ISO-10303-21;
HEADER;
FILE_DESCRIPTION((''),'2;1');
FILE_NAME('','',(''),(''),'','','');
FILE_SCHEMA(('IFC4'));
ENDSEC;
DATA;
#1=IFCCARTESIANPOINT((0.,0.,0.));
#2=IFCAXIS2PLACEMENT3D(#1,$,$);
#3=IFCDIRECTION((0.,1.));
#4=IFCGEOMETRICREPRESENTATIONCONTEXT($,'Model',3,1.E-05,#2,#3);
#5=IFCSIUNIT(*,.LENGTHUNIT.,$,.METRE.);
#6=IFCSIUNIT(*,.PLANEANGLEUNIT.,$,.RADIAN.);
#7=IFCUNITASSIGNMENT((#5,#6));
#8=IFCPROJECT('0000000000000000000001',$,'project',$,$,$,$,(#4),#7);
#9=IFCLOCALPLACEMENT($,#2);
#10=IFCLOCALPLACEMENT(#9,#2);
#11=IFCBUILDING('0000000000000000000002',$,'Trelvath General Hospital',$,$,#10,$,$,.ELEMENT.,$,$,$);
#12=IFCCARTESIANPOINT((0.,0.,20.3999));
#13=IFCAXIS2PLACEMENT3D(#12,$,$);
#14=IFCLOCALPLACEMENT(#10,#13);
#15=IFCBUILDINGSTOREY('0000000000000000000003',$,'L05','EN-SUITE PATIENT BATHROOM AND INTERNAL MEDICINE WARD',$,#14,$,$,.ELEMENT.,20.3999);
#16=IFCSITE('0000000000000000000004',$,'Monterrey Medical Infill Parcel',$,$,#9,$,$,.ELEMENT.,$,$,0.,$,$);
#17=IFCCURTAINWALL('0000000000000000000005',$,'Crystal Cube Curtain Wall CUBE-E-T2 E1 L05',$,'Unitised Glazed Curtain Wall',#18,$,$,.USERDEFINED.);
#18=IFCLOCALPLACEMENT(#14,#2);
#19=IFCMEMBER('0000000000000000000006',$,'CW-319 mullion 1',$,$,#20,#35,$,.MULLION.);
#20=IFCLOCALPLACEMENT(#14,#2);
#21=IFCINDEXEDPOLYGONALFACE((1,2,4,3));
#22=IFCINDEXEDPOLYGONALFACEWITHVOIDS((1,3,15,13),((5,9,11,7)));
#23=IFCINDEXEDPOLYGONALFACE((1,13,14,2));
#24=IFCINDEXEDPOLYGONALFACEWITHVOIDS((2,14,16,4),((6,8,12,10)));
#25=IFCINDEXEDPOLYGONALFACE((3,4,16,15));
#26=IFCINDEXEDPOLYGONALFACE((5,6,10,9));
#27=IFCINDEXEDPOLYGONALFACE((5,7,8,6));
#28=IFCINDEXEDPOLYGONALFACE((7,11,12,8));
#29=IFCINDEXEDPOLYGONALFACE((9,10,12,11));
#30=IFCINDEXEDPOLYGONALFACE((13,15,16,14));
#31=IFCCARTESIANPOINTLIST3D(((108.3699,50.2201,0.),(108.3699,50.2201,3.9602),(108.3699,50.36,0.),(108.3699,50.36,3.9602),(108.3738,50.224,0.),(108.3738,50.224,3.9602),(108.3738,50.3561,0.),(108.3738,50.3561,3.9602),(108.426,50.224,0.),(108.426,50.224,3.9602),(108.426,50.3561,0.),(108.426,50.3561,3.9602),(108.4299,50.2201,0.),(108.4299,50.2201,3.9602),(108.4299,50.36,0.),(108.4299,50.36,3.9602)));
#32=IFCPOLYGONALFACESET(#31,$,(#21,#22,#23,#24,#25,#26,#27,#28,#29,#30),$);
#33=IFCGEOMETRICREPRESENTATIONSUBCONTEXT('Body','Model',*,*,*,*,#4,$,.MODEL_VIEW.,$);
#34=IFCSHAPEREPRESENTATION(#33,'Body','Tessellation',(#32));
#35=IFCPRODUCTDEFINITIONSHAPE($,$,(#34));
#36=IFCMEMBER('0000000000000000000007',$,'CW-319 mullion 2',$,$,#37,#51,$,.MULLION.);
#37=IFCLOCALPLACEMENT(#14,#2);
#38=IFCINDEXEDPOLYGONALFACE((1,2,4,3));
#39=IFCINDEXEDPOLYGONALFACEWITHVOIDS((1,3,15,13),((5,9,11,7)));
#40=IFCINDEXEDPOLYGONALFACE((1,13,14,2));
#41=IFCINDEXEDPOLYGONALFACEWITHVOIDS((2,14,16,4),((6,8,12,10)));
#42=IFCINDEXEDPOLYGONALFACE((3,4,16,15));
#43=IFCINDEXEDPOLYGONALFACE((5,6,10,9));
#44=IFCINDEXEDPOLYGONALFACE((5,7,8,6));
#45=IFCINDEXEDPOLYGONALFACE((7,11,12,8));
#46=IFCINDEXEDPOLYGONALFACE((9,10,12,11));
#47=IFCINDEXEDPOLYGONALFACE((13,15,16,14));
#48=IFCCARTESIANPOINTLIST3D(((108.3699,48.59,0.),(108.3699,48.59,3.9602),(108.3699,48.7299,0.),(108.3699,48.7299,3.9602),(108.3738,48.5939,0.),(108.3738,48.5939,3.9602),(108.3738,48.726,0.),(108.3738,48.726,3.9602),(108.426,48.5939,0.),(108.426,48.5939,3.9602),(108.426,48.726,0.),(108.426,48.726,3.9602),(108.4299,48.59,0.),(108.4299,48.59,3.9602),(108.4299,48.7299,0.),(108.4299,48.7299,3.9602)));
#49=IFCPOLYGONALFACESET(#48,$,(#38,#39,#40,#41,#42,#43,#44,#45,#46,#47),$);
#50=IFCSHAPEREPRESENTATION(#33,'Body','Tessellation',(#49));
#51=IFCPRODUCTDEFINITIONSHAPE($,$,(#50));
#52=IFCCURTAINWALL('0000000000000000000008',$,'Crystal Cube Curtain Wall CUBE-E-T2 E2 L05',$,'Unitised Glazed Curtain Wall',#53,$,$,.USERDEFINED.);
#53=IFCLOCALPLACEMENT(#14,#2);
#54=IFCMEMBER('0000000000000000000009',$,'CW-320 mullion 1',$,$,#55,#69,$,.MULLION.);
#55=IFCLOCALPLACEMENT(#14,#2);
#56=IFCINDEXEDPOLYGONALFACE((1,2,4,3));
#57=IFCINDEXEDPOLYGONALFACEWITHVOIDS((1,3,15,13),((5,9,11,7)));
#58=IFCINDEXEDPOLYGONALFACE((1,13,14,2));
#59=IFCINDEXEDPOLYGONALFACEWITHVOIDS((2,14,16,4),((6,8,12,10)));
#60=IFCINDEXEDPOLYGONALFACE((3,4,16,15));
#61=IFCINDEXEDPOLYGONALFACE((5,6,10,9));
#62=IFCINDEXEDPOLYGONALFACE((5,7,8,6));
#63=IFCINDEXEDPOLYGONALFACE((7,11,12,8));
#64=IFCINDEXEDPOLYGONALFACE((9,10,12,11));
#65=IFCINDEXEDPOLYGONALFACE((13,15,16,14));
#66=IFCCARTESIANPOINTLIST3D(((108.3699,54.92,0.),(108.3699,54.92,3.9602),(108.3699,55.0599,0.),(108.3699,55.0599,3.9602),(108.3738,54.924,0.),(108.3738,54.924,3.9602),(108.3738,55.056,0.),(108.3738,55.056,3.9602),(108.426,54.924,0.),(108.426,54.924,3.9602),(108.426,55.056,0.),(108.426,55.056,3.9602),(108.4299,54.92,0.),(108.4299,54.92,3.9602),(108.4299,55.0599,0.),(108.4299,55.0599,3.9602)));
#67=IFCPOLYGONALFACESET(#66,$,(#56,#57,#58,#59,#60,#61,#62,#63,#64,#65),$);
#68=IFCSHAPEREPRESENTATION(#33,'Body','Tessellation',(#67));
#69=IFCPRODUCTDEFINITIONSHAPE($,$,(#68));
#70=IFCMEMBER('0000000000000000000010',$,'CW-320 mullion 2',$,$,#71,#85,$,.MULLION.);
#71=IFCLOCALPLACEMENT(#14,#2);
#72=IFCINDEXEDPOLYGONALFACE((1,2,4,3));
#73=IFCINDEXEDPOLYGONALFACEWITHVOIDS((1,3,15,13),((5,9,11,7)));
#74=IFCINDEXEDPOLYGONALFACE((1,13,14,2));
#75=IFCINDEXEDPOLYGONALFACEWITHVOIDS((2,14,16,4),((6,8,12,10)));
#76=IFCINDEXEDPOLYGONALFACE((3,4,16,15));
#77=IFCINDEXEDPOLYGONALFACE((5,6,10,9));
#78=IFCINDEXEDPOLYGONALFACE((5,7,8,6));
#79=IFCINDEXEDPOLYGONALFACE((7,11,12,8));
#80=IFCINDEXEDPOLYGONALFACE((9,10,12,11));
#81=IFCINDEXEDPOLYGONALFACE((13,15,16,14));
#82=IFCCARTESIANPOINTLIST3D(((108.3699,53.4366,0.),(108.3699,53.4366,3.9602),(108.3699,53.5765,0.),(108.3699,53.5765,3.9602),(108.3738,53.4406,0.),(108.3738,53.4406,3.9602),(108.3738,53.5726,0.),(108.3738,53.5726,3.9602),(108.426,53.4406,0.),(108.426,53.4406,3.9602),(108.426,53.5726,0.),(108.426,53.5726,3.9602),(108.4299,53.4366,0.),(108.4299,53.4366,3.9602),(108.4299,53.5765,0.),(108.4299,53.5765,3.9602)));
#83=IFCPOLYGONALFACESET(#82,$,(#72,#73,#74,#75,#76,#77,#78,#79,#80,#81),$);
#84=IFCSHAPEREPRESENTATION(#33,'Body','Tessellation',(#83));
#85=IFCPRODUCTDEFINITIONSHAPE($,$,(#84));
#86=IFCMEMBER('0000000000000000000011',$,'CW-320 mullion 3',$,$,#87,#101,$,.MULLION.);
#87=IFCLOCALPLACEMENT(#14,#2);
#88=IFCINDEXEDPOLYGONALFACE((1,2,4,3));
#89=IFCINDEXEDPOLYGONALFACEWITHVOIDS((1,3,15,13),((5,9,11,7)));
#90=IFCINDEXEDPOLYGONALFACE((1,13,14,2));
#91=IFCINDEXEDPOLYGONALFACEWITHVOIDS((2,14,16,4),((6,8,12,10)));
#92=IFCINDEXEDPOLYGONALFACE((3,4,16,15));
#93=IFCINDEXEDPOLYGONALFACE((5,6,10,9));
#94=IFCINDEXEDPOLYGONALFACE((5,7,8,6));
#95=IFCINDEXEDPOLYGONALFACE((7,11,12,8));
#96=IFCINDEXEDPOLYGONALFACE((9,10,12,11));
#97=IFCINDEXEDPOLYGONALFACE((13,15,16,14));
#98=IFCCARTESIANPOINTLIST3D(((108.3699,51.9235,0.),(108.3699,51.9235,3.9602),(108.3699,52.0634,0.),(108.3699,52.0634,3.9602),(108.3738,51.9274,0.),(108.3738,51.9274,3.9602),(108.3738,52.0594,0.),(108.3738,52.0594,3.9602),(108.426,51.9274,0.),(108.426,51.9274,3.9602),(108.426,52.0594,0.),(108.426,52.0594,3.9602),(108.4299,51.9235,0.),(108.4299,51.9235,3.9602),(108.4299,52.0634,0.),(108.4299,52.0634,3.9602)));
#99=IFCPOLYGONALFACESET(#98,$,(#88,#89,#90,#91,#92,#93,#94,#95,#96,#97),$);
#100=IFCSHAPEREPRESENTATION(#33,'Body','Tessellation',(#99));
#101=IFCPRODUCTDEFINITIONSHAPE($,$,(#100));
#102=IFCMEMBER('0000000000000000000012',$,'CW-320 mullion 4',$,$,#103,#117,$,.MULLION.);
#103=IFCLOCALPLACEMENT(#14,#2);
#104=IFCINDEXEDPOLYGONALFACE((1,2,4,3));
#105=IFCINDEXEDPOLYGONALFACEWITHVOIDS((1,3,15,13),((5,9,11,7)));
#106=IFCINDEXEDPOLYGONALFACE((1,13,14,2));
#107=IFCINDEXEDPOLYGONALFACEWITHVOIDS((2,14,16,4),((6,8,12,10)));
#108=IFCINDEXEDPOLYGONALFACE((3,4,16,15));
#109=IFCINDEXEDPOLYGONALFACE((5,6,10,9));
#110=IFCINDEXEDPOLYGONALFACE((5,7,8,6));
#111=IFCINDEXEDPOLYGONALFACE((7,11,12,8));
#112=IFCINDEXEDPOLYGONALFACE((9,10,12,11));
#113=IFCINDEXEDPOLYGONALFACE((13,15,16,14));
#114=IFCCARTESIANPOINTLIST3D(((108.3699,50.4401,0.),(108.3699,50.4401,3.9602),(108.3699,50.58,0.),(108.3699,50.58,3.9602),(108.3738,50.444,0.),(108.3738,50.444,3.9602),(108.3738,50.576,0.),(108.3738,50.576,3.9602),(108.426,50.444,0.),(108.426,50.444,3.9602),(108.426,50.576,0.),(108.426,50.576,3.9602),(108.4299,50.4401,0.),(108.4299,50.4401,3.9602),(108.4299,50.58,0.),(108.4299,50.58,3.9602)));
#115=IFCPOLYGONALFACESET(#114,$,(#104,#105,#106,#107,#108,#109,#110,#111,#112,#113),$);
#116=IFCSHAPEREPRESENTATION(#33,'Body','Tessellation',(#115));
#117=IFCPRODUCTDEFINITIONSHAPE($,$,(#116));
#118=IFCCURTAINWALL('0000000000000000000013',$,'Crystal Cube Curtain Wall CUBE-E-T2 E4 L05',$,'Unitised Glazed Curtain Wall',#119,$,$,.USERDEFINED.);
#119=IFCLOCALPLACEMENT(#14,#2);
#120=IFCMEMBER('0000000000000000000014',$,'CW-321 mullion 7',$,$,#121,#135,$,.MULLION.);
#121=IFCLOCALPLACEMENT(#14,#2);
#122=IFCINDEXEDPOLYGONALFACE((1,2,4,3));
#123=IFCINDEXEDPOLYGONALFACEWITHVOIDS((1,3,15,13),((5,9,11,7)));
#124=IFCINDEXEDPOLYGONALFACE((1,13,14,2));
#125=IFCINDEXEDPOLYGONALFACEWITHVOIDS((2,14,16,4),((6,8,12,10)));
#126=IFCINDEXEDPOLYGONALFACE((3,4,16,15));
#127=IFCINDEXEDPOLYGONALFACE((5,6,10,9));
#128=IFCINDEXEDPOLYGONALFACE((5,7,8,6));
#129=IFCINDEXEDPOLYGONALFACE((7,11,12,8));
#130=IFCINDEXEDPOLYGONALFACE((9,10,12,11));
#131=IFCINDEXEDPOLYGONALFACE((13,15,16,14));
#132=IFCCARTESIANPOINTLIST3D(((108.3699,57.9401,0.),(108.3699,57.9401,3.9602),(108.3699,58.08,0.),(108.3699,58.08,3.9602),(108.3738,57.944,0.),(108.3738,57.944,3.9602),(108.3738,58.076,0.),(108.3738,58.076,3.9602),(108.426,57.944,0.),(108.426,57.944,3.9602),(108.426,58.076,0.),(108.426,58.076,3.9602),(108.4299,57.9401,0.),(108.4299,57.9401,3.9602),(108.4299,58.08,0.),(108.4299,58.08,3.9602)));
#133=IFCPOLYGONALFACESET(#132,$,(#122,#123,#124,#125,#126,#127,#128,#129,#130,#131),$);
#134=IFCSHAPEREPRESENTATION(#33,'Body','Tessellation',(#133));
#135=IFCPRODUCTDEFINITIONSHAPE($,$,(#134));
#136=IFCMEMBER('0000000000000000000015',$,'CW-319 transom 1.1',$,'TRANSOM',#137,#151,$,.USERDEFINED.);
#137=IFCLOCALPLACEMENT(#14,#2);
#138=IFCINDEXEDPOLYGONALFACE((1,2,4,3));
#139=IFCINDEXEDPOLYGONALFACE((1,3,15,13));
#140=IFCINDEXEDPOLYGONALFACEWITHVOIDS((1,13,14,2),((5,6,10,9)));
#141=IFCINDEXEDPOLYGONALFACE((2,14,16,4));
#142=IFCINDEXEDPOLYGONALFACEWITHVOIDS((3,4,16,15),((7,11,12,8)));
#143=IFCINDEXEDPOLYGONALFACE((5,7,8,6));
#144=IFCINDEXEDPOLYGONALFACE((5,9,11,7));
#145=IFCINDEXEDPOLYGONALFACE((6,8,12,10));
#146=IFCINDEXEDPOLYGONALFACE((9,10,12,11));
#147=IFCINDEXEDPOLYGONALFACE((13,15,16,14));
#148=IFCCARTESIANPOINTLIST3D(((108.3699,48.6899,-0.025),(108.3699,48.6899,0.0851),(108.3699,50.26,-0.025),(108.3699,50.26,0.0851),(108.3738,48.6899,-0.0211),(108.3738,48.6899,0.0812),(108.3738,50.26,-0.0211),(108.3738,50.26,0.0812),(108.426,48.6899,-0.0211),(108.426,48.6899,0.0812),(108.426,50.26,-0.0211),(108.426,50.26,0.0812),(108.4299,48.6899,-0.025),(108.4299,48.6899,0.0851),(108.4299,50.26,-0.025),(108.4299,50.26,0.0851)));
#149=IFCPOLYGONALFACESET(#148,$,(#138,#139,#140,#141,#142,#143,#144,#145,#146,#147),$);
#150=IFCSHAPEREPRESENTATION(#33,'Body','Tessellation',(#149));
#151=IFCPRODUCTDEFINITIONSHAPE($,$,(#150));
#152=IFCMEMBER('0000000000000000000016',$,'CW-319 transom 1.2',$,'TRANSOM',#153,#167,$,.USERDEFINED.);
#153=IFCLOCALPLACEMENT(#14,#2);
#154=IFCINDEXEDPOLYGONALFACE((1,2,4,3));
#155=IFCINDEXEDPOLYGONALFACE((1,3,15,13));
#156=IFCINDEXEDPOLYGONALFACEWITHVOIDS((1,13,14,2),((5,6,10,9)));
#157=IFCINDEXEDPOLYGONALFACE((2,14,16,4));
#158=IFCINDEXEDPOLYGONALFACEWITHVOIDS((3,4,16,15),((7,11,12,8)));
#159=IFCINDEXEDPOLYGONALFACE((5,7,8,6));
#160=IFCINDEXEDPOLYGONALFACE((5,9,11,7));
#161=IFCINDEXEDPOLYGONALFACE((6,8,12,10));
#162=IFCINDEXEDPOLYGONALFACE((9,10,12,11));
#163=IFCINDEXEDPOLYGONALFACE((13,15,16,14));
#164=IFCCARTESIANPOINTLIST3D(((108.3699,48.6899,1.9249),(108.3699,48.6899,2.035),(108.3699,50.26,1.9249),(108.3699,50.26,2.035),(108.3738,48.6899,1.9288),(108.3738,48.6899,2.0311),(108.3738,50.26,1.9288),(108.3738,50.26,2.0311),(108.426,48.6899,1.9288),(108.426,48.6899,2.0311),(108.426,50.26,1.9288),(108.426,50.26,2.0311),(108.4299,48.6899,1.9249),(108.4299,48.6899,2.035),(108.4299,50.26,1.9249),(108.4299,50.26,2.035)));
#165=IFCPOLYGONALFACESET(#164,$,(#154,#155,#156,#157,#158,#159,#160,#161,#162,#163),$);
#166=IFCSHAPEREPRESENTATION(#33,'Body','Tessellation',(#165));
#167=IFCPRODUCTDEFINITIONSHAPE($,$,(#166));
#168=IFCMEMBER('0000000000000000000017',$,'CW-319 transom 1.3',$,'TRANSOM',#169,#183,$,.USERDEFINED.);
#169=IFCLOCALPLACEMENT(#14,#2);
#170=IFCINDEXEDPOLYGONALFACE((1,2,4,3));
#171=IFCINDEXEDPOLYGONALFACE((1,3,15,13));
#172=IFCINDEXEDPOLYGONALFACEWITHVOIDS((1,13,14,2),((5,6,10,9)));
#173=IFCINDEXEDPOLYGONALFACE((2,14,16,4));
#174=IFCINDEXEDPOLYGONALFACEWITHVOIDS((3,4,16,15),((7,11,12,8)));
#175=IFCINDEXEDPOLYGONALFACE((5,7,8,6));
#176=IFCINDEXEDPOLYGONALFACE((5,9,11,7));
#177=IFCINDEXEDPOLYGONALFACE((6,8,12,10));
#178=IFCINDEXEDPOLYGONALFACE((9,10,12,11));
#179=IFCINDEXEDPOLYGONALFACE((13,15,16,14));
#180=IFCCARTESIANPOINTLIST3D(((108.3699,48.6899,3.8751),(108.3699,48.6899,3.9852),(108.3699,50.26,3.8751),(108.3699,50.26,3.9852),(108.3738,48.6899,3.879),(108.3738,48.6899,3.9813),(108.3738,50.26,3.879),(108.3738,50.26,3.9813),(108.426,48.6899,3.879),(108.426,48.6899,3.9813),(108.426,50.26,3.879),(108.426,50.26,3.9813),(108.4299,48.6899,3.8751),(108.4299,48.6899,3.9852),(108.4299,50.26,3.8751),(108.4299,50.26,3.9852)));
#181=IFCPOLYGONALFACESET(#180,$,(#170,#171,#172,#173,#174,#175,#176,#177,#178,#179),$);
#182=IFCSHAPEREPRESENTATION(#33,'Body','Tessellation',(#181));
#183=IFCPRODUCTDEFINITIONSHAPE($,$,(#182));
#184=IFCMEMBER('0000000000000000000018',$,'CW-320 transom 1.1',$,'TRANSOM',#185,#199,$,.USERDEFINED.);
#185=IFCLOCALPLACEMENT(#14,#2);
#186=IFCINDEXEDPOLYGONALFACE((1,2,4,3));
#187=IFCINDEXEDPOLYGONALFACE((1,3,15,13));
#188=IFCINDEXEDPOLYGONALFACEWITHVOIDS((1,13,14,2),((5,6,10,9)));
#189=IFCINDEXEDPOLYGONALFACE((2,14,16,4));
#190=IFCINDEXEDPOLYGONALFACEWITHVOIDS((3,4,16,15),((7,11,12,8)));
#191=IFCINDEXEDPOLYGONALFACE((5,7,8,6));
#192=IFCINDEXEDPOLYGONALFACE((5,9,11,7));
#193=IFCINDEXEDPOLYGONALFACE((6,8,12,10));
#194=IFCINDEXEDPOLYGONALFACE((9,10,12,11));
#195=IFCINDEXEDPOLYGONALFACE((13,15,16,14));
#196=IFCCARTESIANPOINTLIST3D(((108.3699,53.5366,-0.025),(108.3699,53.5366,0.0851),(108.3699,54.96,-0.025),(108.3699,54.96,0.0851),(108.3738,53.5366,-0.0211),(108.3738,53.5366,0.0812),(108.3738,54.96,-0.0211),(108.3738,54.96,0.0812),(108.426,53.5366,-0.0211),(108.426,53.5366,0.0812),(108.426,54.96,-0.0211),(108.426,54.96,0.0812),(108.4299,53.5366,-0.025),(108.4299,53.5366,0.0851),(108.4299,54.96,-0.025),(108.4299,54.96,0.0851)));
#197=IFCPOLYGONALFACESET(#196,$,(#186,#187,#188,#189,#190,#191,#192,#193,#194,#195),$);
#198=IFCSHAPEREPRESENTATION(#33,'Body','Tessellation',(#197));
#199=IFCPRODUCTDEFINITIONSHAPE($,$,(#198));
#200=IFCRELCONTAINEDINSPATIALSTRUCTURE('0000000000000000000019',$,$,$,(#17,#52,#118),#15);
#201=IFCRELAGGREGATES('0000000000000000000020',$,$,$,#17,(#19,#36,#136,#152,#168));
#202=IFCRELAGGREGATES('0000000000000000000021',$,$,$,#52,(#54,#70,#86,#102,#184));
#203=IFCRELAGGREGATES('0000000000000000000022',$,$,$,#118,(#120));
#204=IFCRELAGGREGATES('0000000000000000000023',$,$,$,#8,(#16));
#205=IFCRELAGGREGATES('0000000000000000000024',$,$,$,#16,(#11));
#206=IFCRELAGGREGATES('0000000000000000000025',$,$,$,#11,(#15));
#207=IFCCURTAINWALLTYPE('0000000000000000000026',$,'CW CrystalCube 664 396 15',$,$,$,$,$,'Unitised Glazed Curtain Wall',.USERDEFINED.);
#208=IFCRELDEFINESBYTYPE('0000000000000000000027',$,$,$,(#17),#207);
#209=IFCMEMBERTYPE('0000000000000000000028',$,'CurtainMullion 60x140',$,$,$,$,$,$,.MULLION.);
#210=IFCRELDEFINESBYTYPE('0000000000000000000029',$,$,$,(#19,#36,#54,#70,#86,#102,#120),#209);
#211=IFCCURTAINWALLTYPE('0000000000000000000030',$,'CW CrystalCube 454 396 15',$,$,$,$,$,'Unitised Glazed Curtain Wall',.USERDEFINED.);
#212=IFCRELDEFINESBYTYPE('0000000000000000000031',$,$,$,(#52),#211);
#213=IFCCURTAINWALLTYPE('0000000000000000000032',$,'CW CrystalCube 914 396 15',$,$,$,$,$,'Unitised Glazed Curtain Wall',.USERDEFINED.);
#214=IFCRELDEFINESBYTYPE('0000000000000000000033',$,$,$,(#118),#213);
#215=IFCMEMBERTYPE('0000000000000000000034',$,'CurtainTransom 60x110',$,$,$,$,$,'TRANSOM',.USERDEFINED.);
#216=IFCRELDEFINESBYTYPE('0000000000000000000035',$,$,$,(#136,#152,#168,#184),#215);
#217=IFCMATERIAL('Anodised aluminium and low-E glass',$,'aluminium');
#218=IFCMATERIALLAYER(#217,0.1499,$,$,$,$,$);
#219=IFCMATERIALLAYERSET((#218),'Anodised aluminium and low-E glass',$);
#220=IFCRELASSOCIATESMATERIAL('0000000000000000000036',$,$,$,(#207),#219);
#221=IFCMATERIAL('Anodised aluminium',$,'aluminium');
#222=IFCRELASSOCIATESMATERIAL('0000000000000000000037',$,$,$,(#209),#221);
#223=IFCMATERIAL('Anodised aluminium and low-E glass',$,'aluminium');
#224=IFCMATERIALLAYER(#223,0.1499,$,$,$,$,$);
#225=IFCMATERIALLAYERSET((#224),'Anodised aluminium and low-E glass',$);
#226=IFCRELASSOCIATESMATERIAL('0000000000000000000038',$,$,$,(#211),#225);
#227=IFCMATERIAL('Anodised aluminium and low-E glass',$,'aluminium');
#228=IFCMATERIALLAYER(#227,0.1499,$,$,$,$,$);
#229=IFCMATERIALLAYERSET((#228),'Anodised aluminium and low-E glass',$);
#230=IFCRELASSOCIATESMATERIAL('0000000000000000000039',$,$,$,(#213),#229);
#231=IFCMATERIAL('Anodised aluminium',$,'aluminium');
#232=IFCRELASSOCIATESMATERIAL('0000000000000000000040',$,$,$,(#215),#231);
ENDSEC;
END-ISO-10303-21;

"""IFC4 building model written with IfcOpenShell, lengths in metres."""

from ifc_helpers import new_model, si_unit, direction, frame, origin, origin_2d, place, context, subcontext, project, spatial, hollow_rectangle, extrude, material, layer, layer_set, material_profile, profile_set, type_object, element, aggregate, save


model = new_model("IFC4")

# Units and contexts
model_context = context("Model", 3, precision=1e-05, world=origin(), true_north=direction((0.0, 1.0)))
body_context = subcontext(model_context, "Body", "Model", "MODEL_VIEW")
ifc_project = project(units=[si_unit("LENGTHUNIT", "METRE"), si_unit("PLANEANGLEUNIT", "RADIAN")], contexts=[model_context])

# Site, building, storey
site_placement = place(None, origin())
site = spatial("IfcSite", under=ifc_project, at=site_placement, Name="Monterrey Medical Infill Parcel", CompositionType="ELEMENT", RefElevation=0.0)
building_placement = place(site_placement, origin())
building = spatial("IfcBuilding", under=site, at=building_placement, Name="Trelvath General Hospital", CompositionType="ELEMENT")
storey_placement = place(building_placement, frame((0.0, 0.0, 20.3999)))
storey = spatial("IfcBuildingStorey", under=building, at=storey_placement, Name="L05", Description="EN-SUITE PATIENT BATHROOM AND INTERNAL MEDICINE WARD", CompositionType="ELEMENT", Elevation=20.3999)

# Curtain walls, members
ifc_material_1 = material(Name="Anodised aluminium and low-E glass", Category="aluminium")
ifc_layer_1 = layer(ifc_material_1, 0.1499)
ifc_layer_set_1 = layer_set([ifc_layer_1], Name="Anodised aluminium and low-E glass")
curtain_wall_type_1 = type_object("IfcCurtainWallType", Name="CW CrystalCube 664 396 15", ElementType="Unitised Glazed Curtain Wall", PredefinedType="USERDEFINED", material=ifc_layer_set_1)
curtain_wall_1_placement = place(storey_placement, origin())
curtain_wall_1 = element("IfcCurtainWall", 1, at=curtain_wall_1_placement, inside=storey, type_object=curtain_wall_type_1, Name="Crystal Cube Curtain Wall CUBE-E-T2 E1 L05", ObjectType="Unitised Glazed Curtain Wall", PredefinedType="USERDEFINED")
ifc_material_2 = material(Name="Anodised aluminium", Category="aluminium")
ifc_material_profile_1 = material_profile(ifc_material_2, hollow_rectangle(XDim=0.0601, YDim=0.1399, WallThickness=0.0039, at=origin_2d()), Name="RHS60x140x4")
ifc_profile_set_1 = profile_set([ifc_material_profile_1], Name="Anodised aluminium")
member_type_1 = type_object("IfcMemberType", Name="CurtainMullion 60x140", PredefinedType="MULLION", material=ifc_profile_set_1)
member_1_placement = place(storey_placement, frame((108.3999, 50.29, 0.0), z_axis=(0.0, 0.0, 1.0), x_axis=(1.0, 0.0, 0.0)))
member_1 = element("IfcMember", 2, at=member_1_placement, type_object=member_type_1, Name="CW-319 mullion 1", PredefinedType="MULLION", context=body_context, shape_type="SweptSolid", body=[
    extrude(hollow_rectangle(XDim=0.0601, YDim=0.1399, WallThickness=0.0039, at=origin_2d()), origin(), (0.0, 0.0, 1.0), 3.9602),
])
member_2_placement = place(storey_placement, frame((108.3999, 48.6599, 0.0), z_axis=(0.0, 0.0, 1.0), x_axis=(1.0, 0.0, 0.0)))
member_2 = element("IfcMember", 3, at=member_2_placement, type_object=member_type_1, Name="CW-319 mullion 2", PredefinedType="MULLION", context=body_context, shape_type="SweptSolid", body=[
    extrude(hollow_rectangle(XDim=0.0601, YDim=0.1399, WallThickness=0.0039, at=origin_2d()), origin(), (0.0, 0.0, 1.0), 3.9602),
])
ifc_material_3 = material(Name="Anodised aluminium and low-E glass", Category="aluminium")
ifc_layer_2 = layer(ifc_material_3, 0.1499)
ifc_layer_set_2 = layer_set([ifc_layer_2], Name="Anodised aluminium and low-E glass")
curtain_wall_type_2 = type_object("IfcCurtainWallType", Name="CW CrystalCube 454 396 15", ElementType="Unitised Glazed Curtain Wall", PredefinedType="USERDEFINED", material=ifc_layer_set_2)
curtain_wall_2_placement = place(storey_placement, origin())
curtain_wall_2 = element("IfcCurtainWall", 4, at=curtain_wall_2_placement, inside=storey, type_object=curtain_wall_type_2, Name="Crystal Cube Curtain Wall CUBE-E-T2 E2 L05", ObjectType="Unitised Glazed Curtain Wall", PredefinedType="USERDEFINED")
member_3_placement = place(storey_placement, frame((108.3999, 54.99, 0.0), z_axis=(0.0, 0.0, 1.0), x_axis=(1.0, 0.0, 0.0)))
member_3 = element("IfcMember", 5, at=member_3_placement, type_object=member_type_1, Name="CW-320 mullion 1", PredefinedType="MULLION", context=body_context, shape_type="SweptSolid", body=[
    extrude(hollow_rectangle(XDim=0.0601, YDim=0.1399, WallThickness=0.0039, at=origin_2d()), origin(), (0.0, 0.0, 1.0), 3.9602),
])
member_4_placement = place(storey_placement, frame((108.3999, 53.5066, 0.0), z_axis=(0.0, 0.0, 1.0), x_axis=(1.0, 0.0, 0.0)))
member_4 = element("IfcMember", 6, at=member_4_placement, type_object=member_type_1, Name="CW-320 mullion 2", PredefinedType="MULLION", context=body_context, shape_type="SweptSolid", body=[
    extrude(hollow_rectangle(XDim=0.0601, YDim=0.1399, WallThickness=0.0039, at=origin_2d()), origin(), (0.0, 0.0, 1.0), 3.9602),
])
member_5_placement = place(storey_placement, frame((108.3999, 51.9934, 0.0), z_axis=(0.0, 0.0, 1.0), x_axis=(1.0, 0.0, 0.0)))
member_5 = element("IfcMember", 7, at=member_5_placement, type_object=member_type_1, Name="CW-320 mullion 3", PredefinedType="MULLION", context=body_context, shape_type="SweptSolid", body=[
    extrude(hollow_rectangle(XDim=0.0601, YDim=0.1399, WallThickness=0.0039, at=origin_2d()), origin(), (0.0, 0.0, 1.0), 3.9602),
])
member_6_placement = place(storey_placement, frame((108.3999, 50.51, 0.0), z_axis=(0.0, 0.0, 1.0), x_axis=(1.0, 0.0, 0.0)))
member_6 = element("IfcMember", 8, at=member_6_placement, type_object=member_type_1, Name="CW-320 mullion 4", PredefinedType="MULLION", context=body_context, shape_type="SweptSolid", body=[
    extrude(hollow_rectangle(XDim=0.0601, YDim=0.1399, WallThickness=0.0039, at=origin_2d()), origin(), (0.0, 0.0, 1.0), 3.9602),
])

# Curtain wall, member
ifc_material_4 = material(Name="Anodised aluminium and low-E glass", Category="aluminium")
ifc_layer_3 = layer(ifc_material_4, 0.1499)
ifc_layer_set_3 = layer_set([ifc_layer_3], Name="Anodised aluminium and low-E glass")
curtain_wall_type_3 = type_object("IfcCurtainWallType", Name="CW CrystalCube 914 396 15", ElementType="Unitised Glazed Curtain Wall", PredefinedType="USERDEFINED", material=ifc_layer_set_3)
curtain_wall_3_placement = place(storey_placement, origin())
curtain_wall_3 = element("IfcCurtainWall", 9, at=curtain_wall_3_placement, inside=storey, type_object=curtain_wall_type_3, Name="Crystal Cube Curtain Wall CUBE-E-T2 E4 L05", ObjectType="Unitised Glazed Curtain Wall", PredefinedType="USERDEFINED")
member_7_placement = place(storey_placement, frame((108.3999, 58.01, 0.0), z_axis=(0.0, 0.0, 1.0), x_axis=(1.0, 0.0, 0.0)))
member_7 = element("IfcMember", 10, at=member_7_placement, type_object=member_type_1, Name="CW-321 mullion 7", PredefinedType="MULLION", context=body_context, shape_type="SweptSolid", body=[
    extrude(hollow_rectangle(XDim=0.0601, YDim=0.1399, WallThickness=0.0039, at=origin_2d()), origin(), (0.0, 0.0, 1.0), 3.9602),
])

# Members
ifc_material_5 = material(Name="Anodised aluminium", Category="aluminium")
ifc_material_profile_2 = material_profile(ifc_material_5, hollow_rectangle(XDim=0.0601, YDim=0.1101, WallThickness=0.0039, at=origin_2d()), Name="RHS60x110x4")
ifc_profile_set_2 = profile_set([ifc_material_profile_2], Name="Anodised aluminium")
member_type_2 = type_object("IfcMemberType", Name="CurtainTransom 60x110", ElementType="TRANSOM", PredefinedType="USERDEFINED", material=ifc_profile_set_2)
member_8_placement = place(storey_placement, frame((108.3999, 50.26, 0.03), z_axis=(0.0, -1.0, 0.0), x_axis=(1.0, 0.0, 0.0)))
member_8 = element("IfcMember", 11, at=member_8_placement, type_object=member_type_2, Name="CW-319 transom 1.1", ObjectType="TRANSOM", PredefinedType="USERDEFINED", context=body_context, shape_type="SweptSolid", body=[
    extrude(hollow_rectangle(XDim=0.0601, YDim=0.1101, WallThickness=0.0039, at=origin_2d()), origin(), (0.0, 0.0, 1.0), 1.5701),
])
member_9_placement = place(storey_placement, frame((108.3999, 50.26, 1.98), z_axis=(0.0, -1.0, 0.0), x_axis=(1.0, 0.0, 0.0)))
member_9 = element("IfcMember", 12, at=member_9_placement, type_object=member_type_2, Name="CW-319 transom 1.2", ObjectType="TRANSOM", PredefinedType="USERDEFINED", context=body_context, shape_type="SweptSolid", body=[
    extrude(hollow_rectangle(XDim=0.0601, YDim=0.1101, WallThickness=0.0039, at=origin_2d()), origin(), (0.0, 0.0, 1.0), 1.5701),
])
member_10_placement = place(storey_placement, frame((108.3999, 50.26, 3.9302), z_axis=(0.0, -1.0, 0.0), x_axis=(1.0, 0.0, 0.0)))
member_10 = element("IfcMember", 13, at=member_10_placement, type_object=member_type_2, Name="CW-319 transom 1.3", ObjectType="TRANSOM", PredefinedType="USERDEFINED", context=body_context, shape_type="SweptSolid", body=[
    extrude(hollow_rectangle(XDim=0.0601, YDim=0.1101, WallThickness=0.0039, at=origin_2d()), origin(), (0.0, 0.0, 1.0), 1.5701),
])
member_11_placement = place(storey_placement, frame((108.3999, 54.96, 0.03), z_axis=(0.0, -1.0, 0.0), x_axis=(1.0, 0.0, 0.0)))
member_11 = element("IfcMember", 14, at=member_11_placement, type_object=member_type_2, Name="CW-320 transom 1.1", ObjectType="TRANSOM", PredefinedType="USERDEFINED", context=body_context, shape_type="SweptSolid", body=[
    extrude(hollow_rectangle(XDim=0.0601, YDim=0.1101, WallThickness=0.0039, at=origin_2d()), origin(), (0.0, 0.0, 1.0), 1.4233),
])

aggregate(curtain_wall_1, [member_1, member_2, member_8, member_9, member_10])
aggregate(curtain_wall_2, [member_3, member_4, member_5, member_6, member_11])
aggregate(curtain_wall_3, [member_7])

save(model, "model.ifc")
